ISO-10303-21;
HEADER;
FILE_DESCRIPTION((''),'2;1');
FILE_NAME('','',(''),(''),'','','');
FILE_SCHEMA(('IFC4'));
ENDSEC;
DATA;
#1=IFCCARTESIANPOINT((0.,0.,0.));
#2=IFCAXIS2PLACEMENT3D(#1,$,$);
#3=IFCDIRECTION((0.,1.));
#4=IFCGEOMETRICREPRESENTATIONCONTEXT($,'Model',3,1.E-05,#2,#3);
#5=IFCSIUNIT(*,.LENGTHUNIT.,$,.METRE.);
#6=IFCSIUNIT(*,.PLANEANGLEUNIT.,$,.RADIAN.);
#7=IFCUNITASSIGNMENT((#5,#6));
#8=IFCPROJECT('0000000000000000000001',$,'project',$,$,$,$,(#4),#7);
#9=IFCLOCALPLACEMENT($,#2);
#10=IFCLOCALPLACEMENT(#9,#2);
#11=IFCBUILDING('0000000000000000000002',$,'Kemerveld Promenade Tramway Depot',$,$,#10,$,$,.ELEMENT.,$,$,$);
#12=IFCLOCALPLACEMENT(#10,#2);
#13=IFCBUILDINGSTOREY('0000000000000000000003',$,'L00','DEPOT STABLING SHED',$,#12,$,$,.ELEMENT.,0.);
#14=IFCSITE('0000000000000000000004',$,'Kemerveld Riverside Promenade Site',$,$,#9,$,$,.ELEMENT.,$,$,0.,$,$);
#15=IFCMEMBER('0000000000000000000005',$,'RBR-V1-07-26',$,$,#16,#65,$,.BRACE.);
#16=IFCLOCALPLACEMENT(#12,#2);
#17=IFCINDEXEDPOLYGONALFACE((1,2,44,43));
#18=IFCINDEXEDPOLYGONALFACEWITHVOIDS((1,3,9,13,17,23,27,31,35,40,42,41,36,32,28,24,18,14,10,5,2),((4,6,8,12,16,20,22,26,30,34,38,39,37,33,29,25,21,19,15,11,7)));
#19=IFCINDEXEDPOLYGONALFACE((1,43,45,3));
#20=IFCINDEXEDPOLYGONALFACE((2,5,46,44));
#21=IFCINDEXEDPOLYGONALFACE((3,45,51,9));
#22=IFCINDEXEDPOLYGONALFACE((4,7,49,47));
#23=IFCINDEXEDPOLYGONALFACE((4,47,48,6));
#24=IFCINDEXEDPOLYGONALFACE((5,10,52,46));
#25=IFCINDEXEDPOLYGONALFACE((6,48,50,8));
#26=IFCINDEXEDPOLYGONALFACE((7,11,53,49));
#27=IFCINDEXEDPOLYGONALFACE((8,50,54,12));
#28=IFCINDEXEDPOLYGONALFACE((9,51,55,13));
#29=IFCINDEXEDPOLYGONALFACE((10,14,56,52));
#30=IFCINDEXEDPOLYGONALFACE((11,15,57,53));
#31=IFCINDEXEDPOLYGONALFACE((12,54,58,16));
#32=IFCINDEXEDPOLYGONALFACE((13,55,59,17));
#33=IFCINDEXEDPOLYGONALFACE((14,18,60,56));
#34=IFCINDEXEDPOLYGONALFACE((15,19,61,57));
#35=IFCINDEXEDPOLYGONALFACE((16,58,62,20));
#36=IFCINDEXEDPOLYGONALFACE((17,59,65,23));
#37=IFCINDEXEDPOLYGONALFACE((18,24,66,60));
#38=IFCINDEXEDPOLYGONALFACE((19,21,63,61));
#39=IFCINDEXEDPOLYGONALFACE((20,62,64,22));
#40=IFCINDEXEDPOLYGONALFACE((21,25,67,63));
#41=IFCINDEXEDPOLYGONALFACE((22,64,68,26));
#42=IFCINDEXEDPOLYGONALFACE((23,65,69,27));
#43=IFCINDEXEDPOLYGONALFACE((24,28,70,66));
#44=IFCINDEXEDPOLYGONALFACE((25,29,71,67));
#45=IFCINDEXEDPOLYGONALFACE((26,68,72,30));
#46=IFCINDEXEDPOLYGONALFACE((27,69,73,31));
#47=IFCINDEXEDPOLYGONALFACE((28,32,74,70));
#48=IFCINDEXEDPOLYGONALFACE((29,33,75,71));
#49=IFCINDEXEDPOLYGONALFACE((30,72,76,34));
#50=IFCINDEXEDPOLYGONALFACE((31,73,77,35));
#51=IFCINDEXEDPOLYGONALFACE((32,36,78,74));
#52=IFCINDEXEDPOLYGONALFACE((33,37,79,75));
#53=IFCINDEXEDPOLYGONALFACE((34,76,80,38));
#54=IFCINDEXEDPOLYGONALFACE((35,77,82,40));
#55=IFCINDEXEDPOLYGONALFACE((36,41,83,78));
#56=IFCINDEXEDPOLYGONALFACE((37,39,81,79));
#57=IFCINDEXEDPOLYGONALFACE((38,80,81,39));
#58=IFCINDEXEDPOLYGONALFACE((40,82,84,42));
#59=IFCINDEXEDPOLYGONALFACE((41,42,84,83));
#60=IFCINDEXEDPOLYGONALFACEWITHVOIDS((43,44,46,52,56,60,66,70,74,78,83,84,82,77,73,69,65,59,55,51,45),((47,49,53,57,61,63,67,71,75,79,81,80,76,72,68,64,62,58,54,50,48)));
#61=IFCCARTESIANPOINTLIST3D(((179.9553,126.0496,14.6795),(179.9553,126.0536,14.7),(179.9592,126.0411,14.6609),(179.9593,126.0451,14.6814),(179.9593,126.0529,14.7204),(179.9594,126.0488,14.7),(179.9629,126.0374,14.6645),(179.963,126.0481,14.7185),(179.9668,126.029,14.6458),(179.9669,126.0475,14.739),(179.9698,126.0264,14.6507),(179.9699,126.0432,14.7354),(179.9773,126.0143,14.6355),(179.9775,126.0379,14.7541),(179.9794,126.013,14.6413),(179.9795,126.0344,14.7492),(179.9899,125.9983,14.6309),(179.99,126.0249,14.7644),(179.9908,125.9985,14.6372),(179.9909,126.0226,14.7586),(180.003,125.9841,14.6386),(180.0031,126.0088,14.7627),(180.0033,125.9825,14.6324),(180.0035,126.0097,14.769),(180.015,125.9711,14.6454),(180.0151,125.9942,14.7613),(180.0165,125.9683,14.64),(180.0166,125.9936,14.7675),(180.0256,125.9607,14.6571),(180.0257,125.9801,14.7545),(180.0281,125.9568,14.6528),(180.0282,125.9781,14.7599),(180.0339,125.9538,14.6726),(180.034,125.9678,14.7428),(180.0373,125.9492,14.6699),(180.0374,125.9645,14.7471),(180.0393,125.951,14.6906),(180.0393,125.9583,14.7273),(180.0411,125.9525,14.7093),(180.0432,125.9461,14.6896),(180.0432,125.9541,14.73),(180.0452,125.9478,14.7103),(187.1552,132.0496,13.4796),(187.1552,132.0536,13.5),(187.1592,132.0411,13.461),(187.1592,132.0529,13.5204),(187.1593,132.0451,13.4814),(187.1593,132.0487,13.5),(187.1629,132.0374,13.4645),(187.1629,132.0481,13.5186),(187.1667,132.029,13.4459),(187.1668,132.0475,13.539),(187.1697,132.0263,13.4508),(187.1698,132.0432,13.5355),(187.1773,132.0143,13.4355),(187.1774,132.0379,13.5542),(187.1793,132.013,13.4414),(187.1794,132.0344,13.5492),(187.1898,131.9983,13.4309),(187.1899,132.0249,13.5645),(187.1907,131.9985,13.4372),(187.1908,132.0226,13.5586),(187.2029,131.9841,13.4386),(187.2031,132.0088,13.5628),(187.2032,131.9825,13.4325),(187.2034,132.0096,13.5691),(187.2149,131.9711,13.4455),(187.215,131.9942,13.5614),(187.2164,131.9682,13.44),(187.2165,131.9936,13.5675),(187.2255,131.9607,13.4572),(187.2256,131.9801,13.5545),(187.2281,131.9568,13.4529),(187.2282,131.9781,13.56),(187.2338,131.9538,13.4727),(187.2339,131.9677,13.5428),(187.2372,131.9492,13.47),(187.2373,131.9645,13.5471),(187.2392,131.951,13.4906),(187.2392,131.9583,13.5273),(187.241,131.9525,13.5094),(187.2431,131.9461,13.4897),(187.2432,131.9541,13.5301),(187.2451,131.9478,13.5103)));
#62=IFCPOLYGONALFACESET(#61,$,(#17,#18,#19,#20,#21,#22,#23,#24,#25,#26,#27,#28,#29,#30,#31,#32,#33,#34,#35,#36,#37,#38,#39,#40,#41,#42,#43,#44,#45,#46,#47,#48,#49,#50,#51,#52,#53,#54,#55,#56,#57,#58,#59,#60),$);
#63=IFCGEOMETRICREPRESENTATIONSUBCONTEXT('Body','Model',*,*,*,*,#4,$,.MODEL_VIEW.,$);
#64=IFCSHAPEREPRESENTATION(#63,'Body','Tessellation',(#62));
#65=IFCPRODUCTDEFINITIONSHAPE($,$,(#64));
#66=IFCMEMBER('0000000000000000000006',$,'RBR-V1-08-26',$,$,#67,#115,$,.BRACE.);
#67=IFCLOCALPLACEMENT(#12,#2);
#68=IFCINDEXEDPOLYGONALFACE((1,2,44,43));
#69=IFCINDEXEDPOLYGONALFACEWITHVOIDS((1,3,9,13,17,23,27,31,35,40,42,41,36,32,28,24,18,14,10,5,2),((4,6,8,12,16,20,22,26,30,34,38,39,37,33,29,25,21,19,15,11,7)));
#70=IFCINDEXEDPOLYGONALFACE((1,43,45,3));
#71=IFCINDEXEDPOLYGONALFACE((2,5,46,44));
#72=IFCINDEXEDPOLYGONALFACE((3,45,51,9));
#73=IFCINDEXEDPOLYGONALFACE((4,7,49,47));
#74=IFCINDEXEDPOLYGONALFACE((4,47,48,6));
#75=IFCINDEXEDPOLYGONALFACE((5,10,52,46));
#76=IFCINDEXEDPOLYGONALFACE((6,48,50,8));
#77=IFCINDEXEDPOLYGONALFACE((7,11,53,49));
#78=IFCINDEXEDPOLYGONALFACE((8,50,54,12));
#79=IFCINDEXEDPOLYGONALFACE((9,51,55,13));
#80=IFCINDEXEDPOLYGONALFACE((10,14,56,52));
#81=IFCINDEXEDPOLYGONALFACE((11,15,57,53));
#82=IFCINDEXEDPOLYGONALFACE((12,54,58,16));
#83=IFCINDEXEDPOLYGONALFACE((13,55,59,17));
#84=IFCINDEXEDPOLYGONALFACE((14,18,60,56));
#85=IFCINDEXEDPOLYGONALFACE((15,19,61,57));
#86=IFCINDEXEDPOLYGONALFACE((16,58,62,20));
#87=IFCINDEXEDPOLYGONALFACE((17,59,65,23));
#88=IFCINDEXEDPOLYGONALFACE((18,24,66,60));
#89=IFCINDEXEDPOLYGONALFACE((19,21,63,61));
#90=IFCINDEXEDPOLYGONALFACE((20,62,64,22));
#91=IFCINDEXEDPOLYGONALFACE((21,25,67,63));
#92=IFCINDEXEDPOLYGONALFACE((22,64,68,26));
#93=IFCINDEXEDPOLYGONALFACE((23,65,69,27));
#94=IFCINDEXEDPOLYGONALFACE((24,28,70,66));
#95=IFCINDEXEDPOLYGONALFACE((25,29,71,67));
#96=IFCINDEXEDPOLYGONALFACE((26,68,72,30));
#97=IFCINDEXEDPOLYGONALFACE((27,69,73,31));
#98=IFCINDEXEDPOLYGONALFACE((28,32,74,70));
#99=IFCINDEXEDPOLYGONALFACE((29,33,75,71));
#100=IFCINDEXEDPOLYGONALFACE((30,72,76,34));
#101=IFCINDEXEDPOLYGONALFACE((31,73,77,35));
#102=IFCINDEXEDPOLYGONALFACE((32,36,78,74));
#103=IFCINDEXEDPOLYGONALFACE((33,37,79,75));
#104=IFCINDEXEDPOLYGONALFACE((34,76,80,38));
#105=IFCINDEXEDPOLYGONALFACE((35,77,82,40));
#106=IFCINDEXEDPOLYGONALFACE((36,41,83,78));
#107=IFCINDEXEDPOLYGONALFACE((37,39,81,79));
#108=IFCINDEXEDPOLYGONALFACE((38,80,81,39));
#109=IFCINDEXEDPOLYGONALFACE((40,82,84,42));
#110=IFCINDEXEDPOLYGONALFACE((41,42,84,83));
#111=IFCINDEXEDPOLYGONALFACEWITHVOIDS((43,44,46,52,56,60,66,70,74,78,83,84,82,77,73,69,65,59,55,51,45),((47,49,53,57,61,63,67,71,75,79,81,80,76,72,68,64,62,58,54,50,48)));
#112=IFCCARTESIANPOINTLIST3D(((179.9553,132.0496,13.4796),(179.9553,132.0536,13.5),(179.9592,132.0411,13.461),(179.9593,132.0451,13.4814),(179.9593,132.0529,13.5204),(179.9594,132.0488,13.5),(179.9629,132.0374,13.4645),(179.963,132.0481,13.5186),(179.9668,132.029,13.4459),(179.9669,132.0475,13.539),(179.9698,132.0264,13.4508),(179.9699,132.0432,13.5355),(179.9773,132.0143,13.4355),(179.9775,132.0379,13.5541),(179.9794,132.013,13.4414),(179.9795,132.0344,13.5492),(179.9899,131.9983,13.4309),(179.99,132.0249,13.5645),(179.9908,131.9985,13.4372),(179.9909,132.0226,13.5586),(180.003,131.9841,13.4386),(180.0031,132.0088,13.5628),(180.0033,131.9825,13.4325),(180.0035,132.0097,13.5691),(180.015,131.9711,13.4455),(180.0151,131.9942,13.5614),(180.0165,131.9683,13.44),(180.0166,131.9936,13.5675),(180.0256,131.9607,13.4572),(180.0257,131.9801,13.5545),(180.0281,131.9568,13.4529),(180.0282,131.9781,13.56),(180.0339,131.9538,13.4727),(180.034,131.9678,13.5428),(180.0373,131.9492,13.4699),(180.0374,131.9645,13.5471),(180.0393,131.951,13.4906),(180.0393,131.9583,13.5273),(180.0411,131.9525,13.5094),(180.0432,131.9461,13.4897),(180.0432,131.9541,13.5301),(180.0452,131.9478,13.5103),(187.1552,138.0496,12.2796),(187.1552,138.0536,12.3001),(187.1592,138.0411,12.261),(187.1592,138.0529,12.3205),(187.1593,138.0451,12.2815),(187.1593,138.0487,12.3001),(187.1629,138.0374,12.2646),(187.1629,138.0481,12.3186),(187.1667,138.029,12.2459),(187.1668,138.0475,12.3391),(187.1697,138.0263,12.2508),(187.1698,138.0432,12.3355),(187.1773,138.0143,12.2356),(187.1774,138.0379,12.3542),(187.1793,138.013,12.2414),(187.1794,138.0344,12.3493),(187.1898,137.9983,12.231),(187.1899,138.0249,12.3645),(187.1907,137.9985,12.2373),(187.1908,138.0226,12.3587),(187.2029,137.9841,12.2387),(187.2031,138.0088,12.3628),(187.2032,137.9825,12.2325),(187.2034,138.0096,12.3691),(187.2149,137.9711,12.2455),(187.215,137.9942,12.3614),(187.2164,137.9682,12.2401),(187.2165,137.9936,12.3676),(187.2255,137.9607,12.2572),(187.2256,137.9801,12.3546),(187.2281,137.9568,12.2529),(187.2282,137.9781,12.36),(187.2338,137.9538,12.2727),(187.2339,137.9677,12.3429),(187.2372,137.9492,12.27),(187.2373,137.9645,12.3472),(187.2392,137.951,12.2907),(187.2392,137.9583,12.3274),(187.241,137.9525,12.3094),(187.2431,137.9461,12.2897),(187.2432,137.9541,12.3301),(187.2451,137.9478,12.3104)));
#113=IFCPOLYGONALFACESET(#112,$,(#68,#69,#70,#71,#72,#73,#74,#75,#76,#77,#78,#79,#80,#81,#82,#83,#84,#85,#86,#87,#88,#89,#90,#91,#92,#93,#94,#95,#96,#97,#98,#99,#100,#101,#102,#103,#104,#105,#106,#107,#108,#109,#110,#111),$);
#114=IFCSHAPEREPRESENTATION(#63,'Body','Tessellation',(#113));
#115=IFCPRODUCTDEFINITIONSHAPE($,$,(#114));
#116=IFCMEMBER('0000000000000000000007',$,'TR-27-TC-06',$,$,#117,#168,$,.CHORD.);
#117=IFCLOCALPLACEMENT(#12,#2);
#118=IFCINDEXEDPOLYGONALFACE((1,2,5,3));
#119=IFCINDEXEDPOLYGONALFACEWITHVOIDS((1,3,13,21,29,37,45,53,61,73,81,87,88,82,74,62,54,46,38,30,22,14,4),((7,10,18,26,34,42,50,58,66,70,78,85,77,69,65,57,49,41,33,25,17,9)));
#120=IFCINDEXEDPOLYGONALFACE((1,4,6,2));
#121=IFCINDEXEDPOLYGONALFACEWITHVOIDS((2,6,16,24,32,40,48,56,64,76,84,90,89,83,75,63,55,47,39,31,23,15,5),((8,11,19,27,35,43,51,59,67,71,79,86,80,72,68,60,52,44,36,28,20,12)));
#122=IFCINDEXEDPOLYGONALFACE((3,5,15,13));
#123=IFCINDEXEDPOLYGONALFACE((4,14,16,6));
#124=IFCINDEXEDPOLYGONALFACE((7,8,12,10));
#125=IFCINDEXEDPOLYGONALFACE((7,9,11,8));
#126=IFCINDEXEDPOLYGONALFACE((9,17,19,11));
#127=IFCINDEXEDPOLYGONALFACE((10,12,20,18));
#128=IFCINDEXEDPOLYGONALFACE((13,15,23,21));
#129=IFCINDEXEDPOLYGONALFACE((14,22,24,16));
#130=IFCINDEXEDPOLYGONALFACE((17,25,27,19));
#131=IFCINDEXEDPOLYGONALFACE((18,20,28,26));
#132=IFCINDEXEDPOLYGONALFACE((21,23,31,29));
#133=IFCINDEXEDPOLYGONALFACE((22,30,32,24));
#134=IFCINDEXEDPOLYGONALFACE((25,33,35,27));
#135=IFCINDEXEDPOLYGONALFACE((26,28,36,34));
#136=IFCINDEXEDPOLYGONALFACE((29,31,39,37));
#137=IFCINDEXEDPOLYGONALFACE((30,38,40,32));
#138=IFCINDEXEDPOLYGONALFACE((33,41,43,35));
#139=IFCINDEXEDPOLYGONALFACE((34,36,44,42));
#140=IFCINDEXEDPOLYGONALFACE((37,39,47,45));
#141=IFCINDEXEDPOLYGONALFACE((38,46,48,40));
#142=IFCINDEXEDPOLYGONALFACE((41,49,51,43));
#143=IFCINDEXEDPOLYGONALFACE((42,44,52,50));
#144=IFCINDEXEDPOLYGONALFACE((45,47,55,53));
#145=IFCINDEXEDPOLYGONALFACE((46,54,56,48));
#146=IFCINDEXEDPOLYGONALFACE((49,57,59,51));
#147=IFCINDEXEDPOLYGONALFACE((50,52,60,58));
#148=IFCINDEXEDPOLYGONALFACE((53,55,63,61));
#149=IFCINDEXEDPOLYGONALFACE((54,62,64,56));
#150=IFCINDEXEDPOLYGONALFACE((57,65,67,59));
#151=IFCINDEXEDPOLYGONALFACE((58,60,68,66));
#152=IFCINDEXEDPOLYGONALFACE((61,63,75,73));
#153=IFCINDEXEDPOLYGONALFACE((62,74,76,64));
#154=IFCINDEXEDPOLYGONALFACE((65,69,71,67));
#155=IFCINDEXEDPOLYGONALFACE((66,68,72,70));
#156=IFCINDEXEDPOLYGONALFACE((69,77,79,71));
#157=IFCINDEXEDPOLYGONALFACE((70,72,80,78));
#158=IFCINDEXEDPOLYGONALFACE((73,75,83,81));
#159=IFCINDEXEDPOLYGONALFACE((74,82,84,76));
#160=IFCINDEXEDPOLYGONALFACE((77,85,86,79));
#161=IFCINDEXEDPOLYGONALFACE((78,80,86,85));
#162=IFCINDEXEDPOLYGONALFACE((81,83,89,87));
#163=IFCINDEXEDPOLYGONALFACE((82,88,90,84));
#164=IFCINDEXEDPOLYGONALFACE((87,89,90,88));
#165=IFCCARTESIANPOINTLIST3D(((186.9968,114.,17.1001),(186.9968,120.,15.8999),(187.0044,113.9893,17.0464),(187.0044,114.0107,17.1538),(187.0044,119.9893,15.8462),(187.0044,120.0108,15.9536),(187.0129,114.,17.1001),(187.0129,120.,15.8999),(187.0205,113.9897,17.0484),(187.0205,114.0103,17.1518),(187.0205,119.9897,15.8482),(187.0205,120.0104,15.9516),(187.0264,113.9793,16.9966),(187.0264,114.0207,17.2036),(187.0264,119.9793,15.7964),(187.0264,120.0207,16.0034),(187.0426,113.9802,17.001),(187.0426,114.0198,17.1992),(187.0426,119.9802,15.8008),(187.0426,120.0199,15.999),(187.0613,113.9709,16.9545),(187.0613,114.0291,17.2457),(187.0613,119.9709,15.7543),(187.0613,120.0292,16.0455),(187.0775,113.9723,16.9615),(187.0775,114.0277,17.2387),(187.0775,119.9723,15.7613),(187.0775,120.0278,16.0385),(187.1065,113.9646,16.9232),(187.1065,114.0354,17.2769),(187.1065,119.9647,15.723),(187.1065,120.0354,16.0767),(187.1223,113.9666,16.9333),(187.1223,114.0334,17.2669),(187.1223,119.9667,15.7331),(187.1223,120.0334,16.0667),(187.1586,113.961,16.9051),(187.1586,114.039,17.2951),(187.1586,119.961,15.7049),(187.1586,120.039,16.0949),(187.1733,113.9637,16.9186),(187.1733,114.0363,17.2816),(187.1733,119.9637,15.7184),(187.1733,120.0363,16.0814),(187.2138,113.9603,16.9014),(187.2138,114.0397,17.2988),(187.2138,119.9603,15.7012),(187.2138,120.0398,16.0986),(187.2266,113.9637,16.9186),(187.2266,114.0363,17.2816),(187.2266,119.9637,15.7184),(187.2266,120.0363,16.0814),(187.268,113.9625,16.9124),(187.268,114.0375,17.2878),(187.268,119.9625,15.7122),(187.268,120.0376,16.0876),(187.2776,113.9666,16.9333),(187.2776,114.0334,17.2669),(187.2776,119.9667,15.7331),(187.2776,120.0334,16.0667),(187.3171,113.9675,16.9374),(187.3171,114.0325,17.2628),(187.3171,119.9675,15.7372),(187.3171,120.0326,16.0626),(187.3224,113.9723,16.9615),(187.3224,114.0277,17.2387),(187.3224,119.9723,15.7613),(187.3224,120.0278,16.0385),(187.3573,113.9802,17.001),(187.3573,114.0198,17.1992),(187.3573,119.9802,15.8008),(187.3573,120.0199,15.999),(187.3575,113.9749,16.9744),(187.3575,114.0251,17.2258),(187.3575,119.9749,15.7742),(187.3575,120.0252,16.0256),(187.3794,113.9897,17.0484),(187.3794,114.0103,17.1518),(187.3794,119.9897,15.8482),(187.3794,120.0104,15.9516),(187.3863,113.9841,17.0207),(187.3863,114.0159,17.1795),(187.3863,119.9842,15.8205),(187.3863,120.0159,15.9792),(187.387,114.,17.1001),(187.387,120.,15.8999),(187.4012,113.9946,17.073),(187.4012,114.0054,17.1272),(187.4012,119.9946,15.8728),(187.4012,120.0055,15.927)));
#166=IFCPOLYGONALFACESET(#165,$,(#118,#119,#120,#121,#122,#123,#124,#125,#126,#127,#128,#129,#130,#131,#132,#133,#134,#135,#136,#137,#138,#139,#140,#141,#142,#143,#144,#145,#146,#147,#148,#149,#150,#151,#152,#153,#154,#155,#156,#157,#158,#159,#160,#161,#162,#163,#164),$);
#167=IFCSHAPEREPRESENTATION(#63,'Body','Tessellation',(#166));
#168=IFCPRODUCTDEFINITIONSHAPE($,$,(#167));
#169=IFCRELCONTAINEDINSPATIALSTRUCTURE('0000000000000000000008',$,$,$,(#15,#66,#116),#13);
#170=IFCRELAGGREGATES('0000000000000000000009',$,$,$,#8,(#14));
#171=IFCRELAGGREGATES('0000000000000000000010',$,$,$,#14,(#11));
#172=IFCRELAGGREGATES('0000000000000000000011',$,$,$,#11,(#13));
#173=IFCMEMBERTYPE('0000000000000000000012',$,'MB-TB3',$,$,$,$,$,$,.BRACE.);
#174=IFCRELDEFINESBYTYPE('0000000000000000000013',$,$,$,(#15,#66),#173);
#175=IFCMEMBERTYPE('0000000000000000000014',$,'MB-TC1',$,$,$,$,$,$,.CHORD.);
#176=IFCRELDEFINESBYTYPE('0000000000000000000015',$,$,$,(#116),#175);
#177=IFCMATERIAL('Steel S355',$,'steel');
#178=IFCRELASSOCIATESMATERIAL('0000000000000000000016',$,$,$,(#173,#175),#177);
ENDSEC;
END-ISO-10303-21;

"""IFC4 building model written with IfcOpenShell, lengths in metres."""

from ifc_helpers import new_model, si_unit, direction, frame, origin, origin_2d, place, context, subcontext, project, spatial, hollow_circle, extrude, material, material_profile, profile_set, type_object, element, save


model = new_model("IFC4")

# Units and contexts
model_context = context("Model", 3, precision=1e-05, world=origin(), true_north=direction((0.0, 1.0)))
body_context = subcontext(model_context, "Body", "Model", "MODEL_VIEW")
ifc_project = project(units=[si_unit("LENGTHUNIT", "METRE"), si_unit("PLANEANGLEUNIT", "RADIAN")], contexts=[model_context])

# Site, building, storey
site_placement = place(None, origin())
site = spatial("IfcSite", under=ifc_project, at=site_placement, Name="Kemerveld Riverside Promenade Site", CompositionType="ELEMENT", RefElevation=0.0)
building_placement = place(site_placement, origin())
building = spatial("IfcBuilding", under=site, at=building_placement, Name="Kemerveld Promenade Tramway Depot", CompositionType="ELEMENT")
storey_placement = place(building_placement, origin())
storey = spatial("IfcBuildingStorey", under=building, at=storey_placement, Name="L00", Description="DEPOT STABLING SHED", CompositionType="ELEMENT", Elevation=0.0)

# Members
ifc_material = material(Name="Steel S355", Category="steel")
ifc_material_profile_1 = material_profile(ifc_material, hollow_circle(Radius=0.0698, WallThickness=0.0063, at=origin_2d()), Name="139.7x6.3 CHS")
ifc_profile_set_1 = profile_set([ifc_material_profile_1], Name="Steel S355")
member_type_1 = type_object("IfcMemberType", Name="MB-TB3", PredefinedType="BRACE", material=ifc_profile_set_1)
for number, where, z_axis, x_axis, name in (
    (1, (180.0, 126.0, 14.7), (0.761999, 0.635004, -0.126996), (-0.640187, 0.768219, 0.0), "RBR-V1-07-26"),
    (2, (180.0, 132.0, 13.5), (0.761999, 0.635004, -0.126996), (-0.640187, 0.768219, 0.0), "RBR-V1-08-26"),
):
    element("IfcMember", number, at=place(storey_placement, frame(where, z_axis=z_axis, x_axis=x_axis)), inside=storey, type_object=member_type_1, Name=name, PredefinedType="BRACE", context=body_context, shape_type="SweptSolid", body=[
        extrude(hollow_circle(Radius=0.0698, WallThickness=0.0063, at=origin_2d()), origin(), (0.0, 0.0, 1.0), 9.4487),
    ])
ifc_material_profile_2 = material_profile(ifc_material, hollow_circle(Radius=0.2031, WallThickness=0.0161, at=origin_2d()), Name="406.4x16.0 CHS")
ifc_profile_set_2 = profile_set([ifc_material_profile_2], Name="Steel S355")
member_type_2 = type_object("IfcMemberType", Name="MB-TC1", PredefinedType="CHORD", material=ifc_profile_set_2)
for number, where, z_axis, x_axis, name in (
    (3, (187.2, 114.0, 17.1001), (0.0, 0.980575, -0.196147), (-1.0, 0.0, 0.0), "TR-27-TC-06"),
):
    element("IfcMember", number, at=place(storey_placement, frame(where, z_axis=z_axis, x_axis=x_axis)), inside=storey, type_object=member_type_2, Name=name, PredefinedType="CHORD", context=body_context, shape_type="SweptSolid", body=[
        extrude(hollow_circle(Radius=0.2031, WallThickness=0.0161, at=origin_2d()), origin(), (0.0, 0.0, 1.0), 6.1189),
    ])

save(model, "model.ifc")
